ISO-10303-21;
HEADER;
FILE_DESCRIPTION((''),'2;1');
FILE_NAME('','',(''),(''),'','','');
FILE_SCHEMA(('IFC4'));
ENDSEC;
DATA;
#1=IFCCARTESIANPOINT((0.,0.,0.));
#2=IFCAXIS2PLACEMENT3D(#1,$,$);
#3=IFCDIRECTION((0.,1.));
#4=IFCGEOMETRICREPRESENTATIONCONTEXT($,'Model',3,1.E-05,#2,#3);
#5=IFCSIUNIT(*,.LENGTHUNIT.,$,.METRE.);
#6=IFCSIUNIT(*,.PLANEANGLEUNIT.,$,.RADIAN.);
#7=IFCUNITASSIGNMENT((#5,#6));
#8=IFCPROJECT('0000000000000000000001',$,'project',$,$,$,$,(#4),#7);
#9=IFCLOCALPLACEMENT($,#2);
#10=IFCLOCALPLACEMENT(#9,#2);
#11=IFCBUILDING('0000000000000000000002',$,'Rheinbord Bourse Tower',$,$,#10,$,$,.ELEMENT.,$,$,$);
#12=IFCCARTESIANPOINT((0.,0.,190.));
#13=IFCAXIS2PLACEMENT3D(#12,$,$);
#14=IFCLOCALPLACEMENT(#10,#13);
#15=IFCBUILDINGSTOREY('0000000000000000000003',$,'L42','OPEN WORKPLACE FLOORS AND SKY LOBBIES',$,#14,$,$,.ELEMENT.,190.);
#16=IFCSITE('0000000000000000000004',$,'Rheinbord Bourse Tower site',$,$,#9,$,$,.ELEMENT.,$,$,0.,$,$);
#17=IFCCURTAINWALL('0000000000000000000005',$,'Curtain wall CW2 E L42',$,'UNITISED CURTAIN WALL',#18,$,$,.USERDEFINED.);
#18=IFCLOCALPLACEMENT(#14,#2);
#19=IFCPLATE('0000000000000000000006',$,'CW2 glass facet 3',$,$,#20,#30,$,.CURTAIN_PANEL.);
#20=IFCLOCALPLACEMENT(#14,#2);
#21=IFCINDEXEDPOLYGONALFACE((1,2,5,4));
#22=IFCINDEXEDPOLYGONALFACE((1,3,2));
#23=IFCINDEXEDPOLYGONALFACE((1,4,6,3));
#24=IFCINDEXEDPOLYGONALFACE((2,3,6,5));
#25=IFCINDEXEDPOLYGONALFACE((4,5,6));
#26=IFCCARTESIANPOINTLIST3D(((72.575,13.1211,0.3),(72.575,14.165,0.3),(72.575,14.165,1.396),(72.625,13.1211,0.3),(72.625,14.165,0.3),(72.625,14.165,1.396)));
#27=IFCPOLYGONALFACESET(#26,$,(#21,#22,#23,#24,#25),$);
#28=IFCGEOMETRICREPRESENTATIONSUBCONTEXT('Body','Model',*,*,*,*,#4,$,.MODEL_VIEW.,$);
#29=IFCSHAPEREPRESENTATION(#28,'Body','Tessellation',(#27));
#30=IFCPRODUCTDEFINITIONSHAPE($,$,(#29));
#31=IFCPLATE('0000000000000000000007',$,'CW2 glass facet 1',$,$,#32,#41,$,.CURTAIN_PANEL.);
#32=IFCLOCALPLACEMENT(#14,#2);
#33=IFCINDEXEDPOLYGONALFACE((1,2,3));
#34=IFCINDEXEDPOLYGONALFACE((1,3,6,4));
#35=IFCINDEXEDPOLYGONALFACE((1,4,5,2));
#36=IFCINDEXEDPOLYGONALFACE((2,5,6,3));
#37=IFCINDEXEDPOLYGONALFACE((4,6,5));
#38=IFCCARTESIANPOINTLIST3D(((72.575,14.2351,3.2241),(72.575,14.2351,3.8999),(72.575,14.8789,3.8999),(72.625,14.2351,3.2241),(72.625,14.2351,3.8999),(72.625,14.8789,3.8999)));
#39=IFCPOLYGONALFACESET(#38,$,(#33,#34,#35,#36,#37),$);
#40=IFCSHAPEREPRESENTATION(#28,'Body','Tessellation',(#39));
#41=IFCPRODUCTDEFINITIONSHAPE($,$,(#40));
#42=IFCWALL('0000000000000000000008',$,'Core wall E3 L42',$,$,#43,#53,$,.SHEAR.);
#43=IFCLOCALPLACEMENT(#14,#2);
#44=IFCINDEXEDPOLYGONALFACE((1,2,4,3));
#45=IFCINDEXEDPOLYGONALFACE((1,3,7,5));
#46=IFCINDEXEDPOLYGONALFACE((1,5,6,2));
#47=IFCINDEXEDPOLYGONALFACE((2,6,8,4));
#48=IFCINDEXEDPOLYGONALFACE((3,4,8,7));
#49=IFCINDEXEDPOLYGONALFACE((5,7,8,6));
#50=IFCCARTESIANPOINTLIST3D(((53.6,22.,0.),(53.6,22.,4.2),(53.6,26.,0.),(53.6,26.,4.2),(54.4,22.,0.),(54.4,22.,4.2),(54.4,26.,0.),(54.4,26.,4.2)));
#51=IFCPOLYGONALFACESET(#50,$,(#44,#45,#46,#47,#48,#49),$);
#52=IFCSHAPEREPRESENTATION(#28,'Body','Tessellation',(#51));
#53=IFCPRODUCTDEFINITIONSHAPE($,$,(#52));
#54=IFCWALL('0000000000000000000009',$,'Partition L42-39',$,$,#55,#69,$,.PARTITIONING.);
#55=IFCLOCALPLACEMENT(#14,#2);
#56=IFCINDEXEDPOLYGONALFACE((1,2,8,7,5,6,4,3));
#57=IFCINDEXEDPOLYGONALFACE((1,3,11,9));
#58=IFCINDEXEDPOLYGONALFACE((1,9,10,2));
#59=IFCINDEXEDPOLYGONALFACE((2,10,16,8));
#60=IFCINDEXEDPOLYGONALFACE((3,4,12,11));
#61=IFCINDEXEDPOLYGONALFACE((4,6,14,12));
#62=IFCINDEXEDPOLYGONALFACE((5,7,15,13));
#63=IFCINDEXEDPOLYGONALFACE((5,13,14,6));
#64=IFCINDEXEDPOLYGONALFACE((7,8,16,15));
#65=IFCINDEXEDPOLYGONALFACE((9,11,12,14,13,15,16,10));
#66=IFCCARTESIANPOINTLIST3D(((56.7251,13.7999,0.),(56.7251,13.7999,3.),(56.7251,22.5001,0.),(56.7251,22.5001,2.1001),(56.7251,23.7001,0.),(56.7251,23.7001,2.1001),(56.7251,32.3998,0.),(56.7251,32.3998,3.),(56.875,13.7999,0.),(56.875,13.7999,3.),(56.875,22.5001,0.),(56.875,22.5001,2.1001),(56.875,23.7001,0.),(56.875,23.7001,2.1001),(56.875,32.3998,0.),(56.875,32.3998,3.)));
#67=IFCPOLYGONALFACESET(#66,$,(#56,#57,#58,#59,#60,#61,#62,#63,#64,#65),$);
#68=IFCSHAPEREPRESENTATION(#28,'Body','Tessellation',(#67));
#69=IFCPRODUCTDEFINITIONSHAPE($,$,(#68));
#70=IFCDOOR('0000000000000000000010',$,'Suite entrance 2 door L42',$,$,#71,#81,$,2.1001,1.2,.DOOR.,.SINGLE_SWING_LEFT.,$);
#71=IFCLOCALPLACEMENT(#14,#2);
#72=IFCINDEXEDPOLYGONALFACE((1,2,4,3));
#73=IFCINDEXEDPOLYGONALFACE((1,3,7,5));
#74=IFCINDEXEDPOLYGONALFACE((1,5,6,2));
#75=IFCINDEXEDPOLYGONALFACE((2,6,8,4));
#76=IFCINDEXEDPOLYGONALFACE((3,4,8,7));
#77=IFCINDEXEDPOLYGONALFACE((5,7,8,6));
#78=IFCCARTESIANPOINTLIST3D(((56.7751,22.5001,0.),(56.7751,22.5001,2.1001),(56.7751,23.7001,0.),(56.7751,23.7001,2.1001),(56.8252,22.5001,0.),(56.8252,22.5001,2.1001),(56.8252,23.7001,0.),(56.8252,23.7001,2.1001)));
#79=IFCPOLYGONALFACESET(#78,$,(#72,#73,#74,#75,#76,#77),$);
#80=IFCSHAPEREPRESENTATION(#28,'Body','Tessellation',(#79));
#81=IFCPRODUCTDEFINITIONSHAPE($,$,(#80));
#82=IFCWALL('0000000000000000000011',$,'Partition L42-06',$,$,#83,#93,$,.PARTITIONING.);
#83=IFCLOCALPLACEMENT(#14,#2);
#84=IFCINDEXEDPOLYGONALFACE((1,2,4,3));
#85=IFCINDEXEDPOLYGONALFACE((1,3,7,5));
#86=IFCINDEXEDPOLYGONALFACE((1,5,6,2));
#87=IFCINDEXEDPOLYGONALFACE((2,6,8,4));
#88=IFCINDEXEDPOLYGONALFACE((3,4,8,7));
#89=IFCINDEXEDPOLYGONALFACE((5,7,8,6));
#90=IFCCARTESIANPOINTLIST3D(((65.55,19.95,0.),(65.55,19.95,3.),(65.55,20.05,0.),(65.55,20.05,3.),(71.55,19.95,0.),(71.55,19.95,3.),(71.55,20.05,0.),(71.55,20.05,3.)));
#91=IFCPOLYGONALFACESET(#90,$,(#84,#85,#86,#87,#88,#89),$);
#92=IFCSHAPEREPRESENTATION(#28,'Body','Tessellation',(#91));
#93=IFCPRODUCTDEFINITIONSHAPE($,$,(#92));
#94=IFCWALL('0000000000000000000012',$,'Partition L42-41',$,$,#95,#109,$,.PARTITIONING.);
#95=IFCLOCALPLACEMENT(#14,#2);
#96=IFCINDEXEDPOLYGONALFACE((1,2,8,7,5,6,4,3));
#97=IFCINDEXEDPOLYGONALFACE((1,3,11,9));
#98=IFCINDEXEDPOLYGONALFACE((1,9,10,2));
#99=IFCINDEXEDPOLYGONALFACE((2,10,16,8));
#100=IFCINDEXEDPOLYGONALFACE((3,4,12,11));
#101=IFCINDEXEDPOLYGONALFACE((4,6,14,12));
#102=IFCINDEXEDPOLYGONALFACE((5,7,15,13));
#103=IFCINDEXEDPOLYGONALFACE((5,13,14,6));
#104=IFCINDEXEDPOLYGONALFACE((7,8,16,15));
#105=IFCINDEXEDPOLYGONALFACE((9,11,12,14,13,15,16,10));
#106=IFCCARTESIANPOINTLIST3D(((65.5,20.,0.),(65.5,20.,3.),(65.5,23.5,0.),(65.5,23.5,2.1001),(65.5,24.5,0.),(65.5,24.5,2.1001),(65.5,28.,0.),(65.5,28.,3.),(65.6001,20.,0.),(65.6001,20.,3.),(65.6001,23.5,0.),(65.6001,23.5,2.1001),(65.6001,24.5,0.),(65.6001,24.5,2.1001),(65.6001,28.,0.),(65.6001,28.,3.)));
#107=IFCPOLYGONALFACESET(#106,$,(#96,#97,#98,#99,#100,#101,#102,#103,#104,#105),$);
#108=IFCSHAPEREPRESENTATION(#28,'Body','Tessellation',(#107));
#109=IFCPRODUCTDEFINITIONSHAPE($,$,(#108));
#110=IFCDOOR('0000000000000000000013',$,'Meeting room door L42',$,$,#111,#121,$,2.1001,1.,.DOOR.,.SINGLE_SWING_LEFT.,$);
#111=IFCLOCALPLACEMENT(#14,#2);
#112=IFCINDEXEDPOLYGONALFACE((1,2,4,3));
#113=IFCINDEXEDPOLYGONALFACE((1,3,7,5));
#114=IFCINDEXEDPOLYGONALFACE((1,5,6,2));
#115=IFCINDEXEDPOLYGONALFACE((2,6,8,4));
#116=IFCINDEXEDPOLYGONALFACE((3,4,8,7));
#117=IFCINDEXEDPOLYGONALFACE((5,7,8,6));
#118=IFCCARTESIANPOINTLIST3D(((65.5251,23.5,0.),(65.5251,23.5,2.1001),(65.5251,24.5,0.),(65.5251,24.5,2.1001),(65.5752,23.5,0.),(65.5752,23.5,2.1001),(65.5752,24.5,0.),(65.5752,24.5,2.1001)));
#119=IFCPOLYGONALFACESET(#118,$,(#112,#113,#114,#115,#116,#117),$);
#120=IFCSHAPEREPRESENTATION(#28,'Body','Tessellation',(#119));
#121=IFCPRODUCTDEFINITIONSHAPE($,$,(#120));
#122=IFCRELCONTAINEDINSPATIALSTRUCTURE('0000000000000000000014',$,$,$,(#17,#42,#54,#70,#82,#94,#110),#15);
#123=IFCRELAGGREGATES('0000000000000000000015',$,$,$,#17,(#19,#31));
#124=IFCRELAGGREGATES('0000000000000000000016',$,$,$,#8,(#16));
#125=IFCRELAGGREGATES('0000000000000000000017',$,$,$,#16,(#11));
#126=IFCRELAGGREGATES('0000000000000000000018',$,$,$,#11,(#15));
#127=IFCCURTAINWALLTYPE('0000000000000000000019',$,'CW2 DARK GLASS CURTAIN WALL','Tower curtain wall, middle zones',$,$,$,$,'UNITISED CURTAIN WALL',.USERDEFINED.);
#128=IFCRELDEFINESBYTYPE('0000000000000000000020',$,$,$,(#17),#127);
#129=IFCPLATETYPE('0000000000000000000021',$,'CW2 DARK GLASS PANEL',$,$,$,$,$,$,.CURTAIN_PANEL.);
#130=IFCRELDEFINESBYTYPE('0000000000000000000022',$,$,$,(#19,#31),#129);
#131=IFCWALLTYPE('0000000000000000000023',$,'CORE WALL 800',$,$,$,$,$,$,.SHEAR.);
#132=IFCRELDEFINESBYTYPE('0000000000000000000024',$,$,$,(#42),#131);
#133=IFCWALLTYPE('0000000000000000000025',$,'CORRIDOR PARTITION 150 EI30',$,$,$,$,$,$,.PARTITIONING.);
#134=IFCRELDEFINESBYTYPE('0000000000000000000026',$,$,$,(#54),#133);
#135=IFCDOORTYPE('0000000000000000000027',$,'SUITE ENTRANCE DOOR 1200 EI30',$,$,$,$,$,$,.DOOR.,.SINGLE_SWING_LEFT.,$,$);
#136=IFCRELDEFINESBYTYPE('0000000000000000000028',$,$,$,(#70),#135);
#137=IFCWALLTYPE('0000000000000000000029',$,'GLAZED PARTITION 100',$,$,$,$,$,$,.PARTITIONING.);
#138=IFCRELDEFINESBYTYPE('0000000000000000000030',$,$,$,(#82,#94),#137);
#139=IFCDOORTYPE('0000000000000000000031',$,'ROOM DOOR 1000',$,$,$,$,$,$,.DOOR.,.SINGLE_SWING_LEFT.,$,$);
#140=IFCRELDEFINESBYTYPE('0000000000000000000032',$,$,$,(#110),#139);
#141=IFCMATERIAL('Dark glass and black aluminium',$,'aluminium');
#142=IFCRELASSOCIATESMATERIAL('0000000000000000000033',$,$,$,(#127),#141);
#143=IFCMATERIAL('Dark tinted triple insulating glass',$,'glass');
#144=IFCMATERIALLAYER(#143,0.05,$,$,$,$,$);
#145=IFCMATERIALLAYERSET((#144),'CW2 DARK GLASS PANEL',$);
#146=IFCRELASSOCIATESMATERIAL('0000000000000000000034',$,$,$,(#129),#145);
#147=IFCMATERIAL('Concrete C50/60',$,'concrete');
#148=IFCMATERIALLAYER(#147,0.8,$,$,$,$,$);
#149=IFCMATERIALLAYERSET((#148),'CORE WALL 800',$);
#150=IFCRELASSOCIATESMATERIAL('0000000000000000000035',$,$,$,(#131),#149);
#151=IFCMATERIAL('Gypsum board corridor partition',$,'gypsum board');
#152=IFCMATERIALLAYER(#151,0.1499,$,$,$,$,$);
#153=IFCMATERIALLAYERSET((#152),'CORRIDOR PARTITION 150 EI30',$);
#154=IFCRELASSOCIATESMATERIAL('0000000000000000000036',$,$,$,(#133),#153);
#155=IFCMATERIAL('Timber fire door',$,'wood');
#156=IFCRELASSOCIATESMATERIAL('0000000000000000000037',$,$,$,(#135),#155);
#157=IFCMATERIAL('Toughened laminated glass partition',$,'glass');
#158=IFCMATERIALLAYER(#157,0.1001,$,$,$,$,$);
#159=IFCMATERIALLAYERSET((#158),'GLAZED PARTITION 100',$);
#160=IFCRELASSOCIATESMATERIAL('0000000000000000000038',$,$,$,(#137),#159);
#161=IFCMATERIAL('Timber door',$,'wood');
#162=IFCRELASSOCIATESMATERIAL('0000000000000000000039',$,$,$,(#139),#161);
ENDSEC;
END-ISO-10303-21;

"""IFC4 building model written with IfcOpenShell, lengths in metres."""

from ifc_helpers import new_model, si_unit, direction, frame, frame_2d, origin, place, context, subcontext, project, spatial, polyline, rectangle, outline, extrude, material, layer, layer_set, type_object, element, fill, aggregate, save


model = new_model("IFC4")

# Units and contexts
model_context = context("Model", 3, precision=1e-05, world=origin(), true_north=direction((0.0, 1.0)))
body_context = subcontext(model_context, "Body", "Model", "MODEL_VIEW")
ifc_project = project(units=[si_unit("LENGTHUNIT", "METRE"), si_unit("PLANEANGLEUNIT", "RADIAN")], contexts=[model_context])

# Site, building, storey
site_placement = place(None, origin())
site = spatial("IfcSite", under=ifc_project, at=site_placement, Name="Rheinbord Bourse Tower site", CompositionType="ELEMENT", RefElevation=0.0)
building_placement = place(site_placement, origin())
building = spatial("IfcBuilding", under=site, at=building_placement, Name="Rheinbord Bourse Tower", CompositionType="ELEMENT")
storey_placement = place(building_placement, frame((0.0, 0.0, 190.0)))
storey = spatial("IfcBuildingStorey", under=building, at=storey_placement, Name="L42", Description="OPEN WORKPLACE FLOORS AND SKY LOBBIES", CompositionType="ELEMENT", Elevation=190.0)

# Curtain wall
ifc_material_1 = material(Name="Dark glass and black aluminium", Category="aluminium")
curtain_wall_type = type_object("IfcCurtainWallType", Name="CW2 DARK GLASS CURTAIN WALL", Description="Tower curtain wall, middle zones", ElementType="UNITISED CURTAIN WALL", PredefinedType="USERDEFINED", material=ifc_material_1)
curtain_wall_placement = place(storey_placement, origin())
curtain_wall = element("IfcCurtainWall", 1, at=curtain_wall_placement, inside=storey, type_object=curtain_wall_type, Name="Curtain wall CW2 E L42", ObjectType="UNITISED CURTAIN WALL", PredefinedType="USERDEFINED")

# Plates
ifc_material_2 = material(Name="Dark tinted triple insulating glass", Category="glass")
ifc_layer_1 = layer(ifc_material_2, 0.05)
ifc_layer_set_1 = layer_set([ifc_layer_1], Name="CW2 DARK GLASS PANEL")
plate_type = type_object("IfcPlateType", Name="CW2 DARK GLASS PANEL", PredefinedType="CURTAIN_PANEL", material=ifc_layer_set_1)
plate_1_placement = place(storey_placement, frame((72.625, 14.165, 0.3), z_axis=(-1.0, 0.0, 0.0), x_axis=(0.0, -1.0, 0.0)))
plate_1 = element("IfcPlate", 2, at=plate_1_placement, type_object=plate_type, Name="CW2 glass facet 3", PredefinedType="CURTAIN_PANEL", context=body_context, shape_type="SweptSolid", body=[
    extrude(outline(polyline([(0.0, 0.0), (1.0439, 0.0), (0.0, 1.0959), (0.0, 0.0)])), origin(), (0.0, 0.0, 1.0), 0.05),
])
plate_2_placement = place(storey_placement, frame((72.625, 14.2351, 3.8999), z_axis=(-1.0, 0.0, 0.0), x_axis=(0.0, 1.0, 0.0)))
plate_2 = element("IfcPlate", 3, at=plate_2_placement, type_object=plate_type, Name="CW2 glass facet 1", PredefinedType="CURTAIN_PANEL", context=body_context, shape_type="SweptSolid", body=[
    extrude(outline(polyline([(0.0, 0.0), (0.6438, 0.0), (0.0, 0.6758), (0.0, 0.0)])), origin(), (0.0, 0.0, 1.0), 0.05),
])
aggregate(curtain_wall, [plate_1, plate_2])

# Wall
ifc_material_3 = material(Name="Concrete C50/60", Category="concrete")
ifc_layer_2 = layer(ifc_material_3, 0.8)
ifc_layer_set_2 = layer_set([ifc_layer_2], Name="CORE WALL 800")
wall_type_1 = type_object("IfcWallType", Name="CORE WALL 800", PredefinedType="SHEAR", material=ifc_layer_set_2)
wall_1_placement = place(storey_placement, frame((54.0, 22.0, 0.0), z_axis=(0.0, 0.0, 1.0), x_axis=(0.0, 1.0, 0.0)))
element("IfcWall", 4, at=wall_1_placement, inside=storey, type_object=wall_type_1, Name="Core wall E3 L42", PredefinedType="SHEAR", context=body_context, shape_type="SweptSolid", body=[
    extrude(rectangle(XDim=4.0, YDim=0.8, at=frame_2d((2.0, 0.0))), origin(), (0.0, 0.0, 1.0), 4.2),
])

# Wall, opening, door
ifc_material_4 = material(Name="Gypsum board corridor partition", Category="gypsum board")
ifc_layer_3 = layer(ifc_material_4, 0.1499)
ifc_layer_set_3 = layer_set([ifc_layer_3], Name="CORRIDOR PARTITION 150 EI30")
wall_type_2 = type_object("IfcWallType", Name="CORRIDOR PARTITION 150 EI30", PredefinedType="PARTITIONING", material=ifc_layer_set_3)
wall_2_placement = place(storey_placement, frame((56.8, 13.8, 0.0), z_axis=(0.0, 0.0, 1.0), x_axis=(0.0, 1.0, 0.0)))
wall_2 = element("IfcWall", 5, at=wall_2_placement, inside=storey, type_object=wall_type_2, Name="Partition L42-39", PredefinedType="PARTITIONING", context=body_context, shape_type="SweptSolid", body=[
    extrude(rectangle(XDim=18.5999, YDim=0.1499, at=frame_2d((9.2998, 0.0))), origin(), (0.0, 0.0, 1.0), 3.0),
])
opening_1_placement = place(wall_2_placement, frame((8.7, 0.0, 0.0)))
opening_1 = element("IfcOpeningElement", 6, at=opening_1_placement, cuts=wall_2, PredefinedType="OPENING", context=body_context, shape_type="SweptSolid", body=[
    extrude(rectangle(XDim=1.2, YDim=2.1001, at=frame_2d((0.6001, 1.05))), frame((0.0, 0.085, 0.0), z_axis=(0.0, -1.0, 0.0), x_axis=(1.0, 0.0, 0.0)), (0.0, 0.0, 1.0), 0.1699),
])
ifc_material_5 = material(Name="Timber fire door", Category="wood")
door_type_1 = type_object("IfcDoorType", Name="SUITE ENTRANCE DOOR 1200 EI30", OperationType="SINGLE_SWING_LEFT", PredefinedType="DOOR", material=ifc_material_5)
door_1_placement = place(opening_1_placement, origin())
door_1 = element("IfcDoor", 7, at=door_1_placement, inside=storey, type_object=door_type_1, Name="Suite entrance 2 door L42", OperationType="SINGLE_SWING_LEFT", OverallHeight=2.1001, OverallWidth=1.2, PredefinedType="DOOR", context=body_context, shape_type="SweptSolid", body=[
    extrude(rectangle(XDim=1.2, YDim=2.1001, at=frame_2d((0.6001, 1.05))), frame((0.0, 0.0249, 0.0), z_axis=(0.0, -1.0, 0.0), x_axis=(1.0, 0.0, 0.0)), (0.0, 0.0, 1.0), 0.05),
])
fill(opening_1, door_1)

# Wall
ifc_material_6 = material(Name="Toughened laminated glass partition", Category="glass")
ifc_layer_4 = layer(ifc_material_6, 0.1001)
ifc_layer_set_4 = layer_set([ifc_layer_4], Name="GLAZED PARTITION 100")
wall_type_3 = type_object("IfcWallType", Name="GLAZED PARTITION 100", PredefinedType="PARTITIONING", material=ifc_layer_set_4)
wall_3_placement = place(storey_placement, frame((65.55, 20.0, 0.0), z_axis=(0.0, 0.0, 1.0), x_axis=(1.0, 0.0, 0.0)))
element("IfcWall", 8, at=wall_3_placement, inside=storey, type_object=wall_type_3, Name="Partition L42-06", PredefinedType="PARTITIONING", context=body_context, shape_type="SweptSolid", body=[
    extrude(rectangle(XDim=6.0, YDim=0.1001, at=frame_2d((3.0, 0.0))), origin(), (0.0, 0.0, 1.0), 3.0),
])

# Wall, opening, door
wall_4_placement = place(storey_placement, frame((65.55, 20.0, 0.0), z_axis=(0.0, 0.0, 1.0), x_axis=(0.0, 1.0, 0.0)))
wall_4 = element("IfcWall", 9, at=wall_4_placement, inside=storey, type_object=wall_type_3, Name="Partition L42-41", PredefinedType="PARTITIONING", context=body_context, shape_type="SweptSolid", body=[
    extrude(rectangle(XDim=8.0, YDim=0.1001, at=frame_2d((4.0, 0.0))), origin(), (0.0, 0.0, 1.0), 3.0),
])
opening_2_placement = place(wall_4_placement, frame((3.5, 0.0, 0.0)))
opening_2 = element("IfcOpeningElement", 10, at=opening_2_placement, cuts=wall_4, PredefinedType="OPENING", context=body_context, shape_type="SweptSolid", body=[
    extrude(rectangle(XDim=1.0, YDim=2.1001, at=frame_2d((0.5, 1.05))), frame((0.0, 0.0601, 0.0), z_axis=(0.0, -1.0, 0.0), x_axis=(1.0, 0.0, 0.0)), (0.0, 0.0, 1.0), 0.1201),
])
ifc_material_7 = material(Name="Timber door", Category="wood")
door_type_2 = type_object("IfcDoorType", Name="ROOM DOOR 1000", OperationType="SINGLE_SWING_LEFT", PredefinedType="DOOR", material=ifc_material_7)
door_2_placement = place(opening_2_placement, origin())
door_2 = element("IfcDoor", 11, at=door_2_placement, inside=storey, type_object=door_type_2, Name="Meeting room door L42", OperationType="SINGLE_SWING_LEFT", OverallHeight=2.1001, OverallWidth=1.0, PredefinedType="DOOR", context=body_context, shape_type="SweptSolid", body=[
    extrude(rectangle(XDim=1.0, YDim=2.1001, at=frame_2d((0.5, 1.05))), frame((0.0, 0.0249, 0.0), z_axis=(0.0, -1.0, 0.0), x_axis=(1.0, 0.0, 0.0)), (0.0, 0.0, 1.0), 0.05),
])
fill(opening_2, door_2)

save(model, "model.ifc")
